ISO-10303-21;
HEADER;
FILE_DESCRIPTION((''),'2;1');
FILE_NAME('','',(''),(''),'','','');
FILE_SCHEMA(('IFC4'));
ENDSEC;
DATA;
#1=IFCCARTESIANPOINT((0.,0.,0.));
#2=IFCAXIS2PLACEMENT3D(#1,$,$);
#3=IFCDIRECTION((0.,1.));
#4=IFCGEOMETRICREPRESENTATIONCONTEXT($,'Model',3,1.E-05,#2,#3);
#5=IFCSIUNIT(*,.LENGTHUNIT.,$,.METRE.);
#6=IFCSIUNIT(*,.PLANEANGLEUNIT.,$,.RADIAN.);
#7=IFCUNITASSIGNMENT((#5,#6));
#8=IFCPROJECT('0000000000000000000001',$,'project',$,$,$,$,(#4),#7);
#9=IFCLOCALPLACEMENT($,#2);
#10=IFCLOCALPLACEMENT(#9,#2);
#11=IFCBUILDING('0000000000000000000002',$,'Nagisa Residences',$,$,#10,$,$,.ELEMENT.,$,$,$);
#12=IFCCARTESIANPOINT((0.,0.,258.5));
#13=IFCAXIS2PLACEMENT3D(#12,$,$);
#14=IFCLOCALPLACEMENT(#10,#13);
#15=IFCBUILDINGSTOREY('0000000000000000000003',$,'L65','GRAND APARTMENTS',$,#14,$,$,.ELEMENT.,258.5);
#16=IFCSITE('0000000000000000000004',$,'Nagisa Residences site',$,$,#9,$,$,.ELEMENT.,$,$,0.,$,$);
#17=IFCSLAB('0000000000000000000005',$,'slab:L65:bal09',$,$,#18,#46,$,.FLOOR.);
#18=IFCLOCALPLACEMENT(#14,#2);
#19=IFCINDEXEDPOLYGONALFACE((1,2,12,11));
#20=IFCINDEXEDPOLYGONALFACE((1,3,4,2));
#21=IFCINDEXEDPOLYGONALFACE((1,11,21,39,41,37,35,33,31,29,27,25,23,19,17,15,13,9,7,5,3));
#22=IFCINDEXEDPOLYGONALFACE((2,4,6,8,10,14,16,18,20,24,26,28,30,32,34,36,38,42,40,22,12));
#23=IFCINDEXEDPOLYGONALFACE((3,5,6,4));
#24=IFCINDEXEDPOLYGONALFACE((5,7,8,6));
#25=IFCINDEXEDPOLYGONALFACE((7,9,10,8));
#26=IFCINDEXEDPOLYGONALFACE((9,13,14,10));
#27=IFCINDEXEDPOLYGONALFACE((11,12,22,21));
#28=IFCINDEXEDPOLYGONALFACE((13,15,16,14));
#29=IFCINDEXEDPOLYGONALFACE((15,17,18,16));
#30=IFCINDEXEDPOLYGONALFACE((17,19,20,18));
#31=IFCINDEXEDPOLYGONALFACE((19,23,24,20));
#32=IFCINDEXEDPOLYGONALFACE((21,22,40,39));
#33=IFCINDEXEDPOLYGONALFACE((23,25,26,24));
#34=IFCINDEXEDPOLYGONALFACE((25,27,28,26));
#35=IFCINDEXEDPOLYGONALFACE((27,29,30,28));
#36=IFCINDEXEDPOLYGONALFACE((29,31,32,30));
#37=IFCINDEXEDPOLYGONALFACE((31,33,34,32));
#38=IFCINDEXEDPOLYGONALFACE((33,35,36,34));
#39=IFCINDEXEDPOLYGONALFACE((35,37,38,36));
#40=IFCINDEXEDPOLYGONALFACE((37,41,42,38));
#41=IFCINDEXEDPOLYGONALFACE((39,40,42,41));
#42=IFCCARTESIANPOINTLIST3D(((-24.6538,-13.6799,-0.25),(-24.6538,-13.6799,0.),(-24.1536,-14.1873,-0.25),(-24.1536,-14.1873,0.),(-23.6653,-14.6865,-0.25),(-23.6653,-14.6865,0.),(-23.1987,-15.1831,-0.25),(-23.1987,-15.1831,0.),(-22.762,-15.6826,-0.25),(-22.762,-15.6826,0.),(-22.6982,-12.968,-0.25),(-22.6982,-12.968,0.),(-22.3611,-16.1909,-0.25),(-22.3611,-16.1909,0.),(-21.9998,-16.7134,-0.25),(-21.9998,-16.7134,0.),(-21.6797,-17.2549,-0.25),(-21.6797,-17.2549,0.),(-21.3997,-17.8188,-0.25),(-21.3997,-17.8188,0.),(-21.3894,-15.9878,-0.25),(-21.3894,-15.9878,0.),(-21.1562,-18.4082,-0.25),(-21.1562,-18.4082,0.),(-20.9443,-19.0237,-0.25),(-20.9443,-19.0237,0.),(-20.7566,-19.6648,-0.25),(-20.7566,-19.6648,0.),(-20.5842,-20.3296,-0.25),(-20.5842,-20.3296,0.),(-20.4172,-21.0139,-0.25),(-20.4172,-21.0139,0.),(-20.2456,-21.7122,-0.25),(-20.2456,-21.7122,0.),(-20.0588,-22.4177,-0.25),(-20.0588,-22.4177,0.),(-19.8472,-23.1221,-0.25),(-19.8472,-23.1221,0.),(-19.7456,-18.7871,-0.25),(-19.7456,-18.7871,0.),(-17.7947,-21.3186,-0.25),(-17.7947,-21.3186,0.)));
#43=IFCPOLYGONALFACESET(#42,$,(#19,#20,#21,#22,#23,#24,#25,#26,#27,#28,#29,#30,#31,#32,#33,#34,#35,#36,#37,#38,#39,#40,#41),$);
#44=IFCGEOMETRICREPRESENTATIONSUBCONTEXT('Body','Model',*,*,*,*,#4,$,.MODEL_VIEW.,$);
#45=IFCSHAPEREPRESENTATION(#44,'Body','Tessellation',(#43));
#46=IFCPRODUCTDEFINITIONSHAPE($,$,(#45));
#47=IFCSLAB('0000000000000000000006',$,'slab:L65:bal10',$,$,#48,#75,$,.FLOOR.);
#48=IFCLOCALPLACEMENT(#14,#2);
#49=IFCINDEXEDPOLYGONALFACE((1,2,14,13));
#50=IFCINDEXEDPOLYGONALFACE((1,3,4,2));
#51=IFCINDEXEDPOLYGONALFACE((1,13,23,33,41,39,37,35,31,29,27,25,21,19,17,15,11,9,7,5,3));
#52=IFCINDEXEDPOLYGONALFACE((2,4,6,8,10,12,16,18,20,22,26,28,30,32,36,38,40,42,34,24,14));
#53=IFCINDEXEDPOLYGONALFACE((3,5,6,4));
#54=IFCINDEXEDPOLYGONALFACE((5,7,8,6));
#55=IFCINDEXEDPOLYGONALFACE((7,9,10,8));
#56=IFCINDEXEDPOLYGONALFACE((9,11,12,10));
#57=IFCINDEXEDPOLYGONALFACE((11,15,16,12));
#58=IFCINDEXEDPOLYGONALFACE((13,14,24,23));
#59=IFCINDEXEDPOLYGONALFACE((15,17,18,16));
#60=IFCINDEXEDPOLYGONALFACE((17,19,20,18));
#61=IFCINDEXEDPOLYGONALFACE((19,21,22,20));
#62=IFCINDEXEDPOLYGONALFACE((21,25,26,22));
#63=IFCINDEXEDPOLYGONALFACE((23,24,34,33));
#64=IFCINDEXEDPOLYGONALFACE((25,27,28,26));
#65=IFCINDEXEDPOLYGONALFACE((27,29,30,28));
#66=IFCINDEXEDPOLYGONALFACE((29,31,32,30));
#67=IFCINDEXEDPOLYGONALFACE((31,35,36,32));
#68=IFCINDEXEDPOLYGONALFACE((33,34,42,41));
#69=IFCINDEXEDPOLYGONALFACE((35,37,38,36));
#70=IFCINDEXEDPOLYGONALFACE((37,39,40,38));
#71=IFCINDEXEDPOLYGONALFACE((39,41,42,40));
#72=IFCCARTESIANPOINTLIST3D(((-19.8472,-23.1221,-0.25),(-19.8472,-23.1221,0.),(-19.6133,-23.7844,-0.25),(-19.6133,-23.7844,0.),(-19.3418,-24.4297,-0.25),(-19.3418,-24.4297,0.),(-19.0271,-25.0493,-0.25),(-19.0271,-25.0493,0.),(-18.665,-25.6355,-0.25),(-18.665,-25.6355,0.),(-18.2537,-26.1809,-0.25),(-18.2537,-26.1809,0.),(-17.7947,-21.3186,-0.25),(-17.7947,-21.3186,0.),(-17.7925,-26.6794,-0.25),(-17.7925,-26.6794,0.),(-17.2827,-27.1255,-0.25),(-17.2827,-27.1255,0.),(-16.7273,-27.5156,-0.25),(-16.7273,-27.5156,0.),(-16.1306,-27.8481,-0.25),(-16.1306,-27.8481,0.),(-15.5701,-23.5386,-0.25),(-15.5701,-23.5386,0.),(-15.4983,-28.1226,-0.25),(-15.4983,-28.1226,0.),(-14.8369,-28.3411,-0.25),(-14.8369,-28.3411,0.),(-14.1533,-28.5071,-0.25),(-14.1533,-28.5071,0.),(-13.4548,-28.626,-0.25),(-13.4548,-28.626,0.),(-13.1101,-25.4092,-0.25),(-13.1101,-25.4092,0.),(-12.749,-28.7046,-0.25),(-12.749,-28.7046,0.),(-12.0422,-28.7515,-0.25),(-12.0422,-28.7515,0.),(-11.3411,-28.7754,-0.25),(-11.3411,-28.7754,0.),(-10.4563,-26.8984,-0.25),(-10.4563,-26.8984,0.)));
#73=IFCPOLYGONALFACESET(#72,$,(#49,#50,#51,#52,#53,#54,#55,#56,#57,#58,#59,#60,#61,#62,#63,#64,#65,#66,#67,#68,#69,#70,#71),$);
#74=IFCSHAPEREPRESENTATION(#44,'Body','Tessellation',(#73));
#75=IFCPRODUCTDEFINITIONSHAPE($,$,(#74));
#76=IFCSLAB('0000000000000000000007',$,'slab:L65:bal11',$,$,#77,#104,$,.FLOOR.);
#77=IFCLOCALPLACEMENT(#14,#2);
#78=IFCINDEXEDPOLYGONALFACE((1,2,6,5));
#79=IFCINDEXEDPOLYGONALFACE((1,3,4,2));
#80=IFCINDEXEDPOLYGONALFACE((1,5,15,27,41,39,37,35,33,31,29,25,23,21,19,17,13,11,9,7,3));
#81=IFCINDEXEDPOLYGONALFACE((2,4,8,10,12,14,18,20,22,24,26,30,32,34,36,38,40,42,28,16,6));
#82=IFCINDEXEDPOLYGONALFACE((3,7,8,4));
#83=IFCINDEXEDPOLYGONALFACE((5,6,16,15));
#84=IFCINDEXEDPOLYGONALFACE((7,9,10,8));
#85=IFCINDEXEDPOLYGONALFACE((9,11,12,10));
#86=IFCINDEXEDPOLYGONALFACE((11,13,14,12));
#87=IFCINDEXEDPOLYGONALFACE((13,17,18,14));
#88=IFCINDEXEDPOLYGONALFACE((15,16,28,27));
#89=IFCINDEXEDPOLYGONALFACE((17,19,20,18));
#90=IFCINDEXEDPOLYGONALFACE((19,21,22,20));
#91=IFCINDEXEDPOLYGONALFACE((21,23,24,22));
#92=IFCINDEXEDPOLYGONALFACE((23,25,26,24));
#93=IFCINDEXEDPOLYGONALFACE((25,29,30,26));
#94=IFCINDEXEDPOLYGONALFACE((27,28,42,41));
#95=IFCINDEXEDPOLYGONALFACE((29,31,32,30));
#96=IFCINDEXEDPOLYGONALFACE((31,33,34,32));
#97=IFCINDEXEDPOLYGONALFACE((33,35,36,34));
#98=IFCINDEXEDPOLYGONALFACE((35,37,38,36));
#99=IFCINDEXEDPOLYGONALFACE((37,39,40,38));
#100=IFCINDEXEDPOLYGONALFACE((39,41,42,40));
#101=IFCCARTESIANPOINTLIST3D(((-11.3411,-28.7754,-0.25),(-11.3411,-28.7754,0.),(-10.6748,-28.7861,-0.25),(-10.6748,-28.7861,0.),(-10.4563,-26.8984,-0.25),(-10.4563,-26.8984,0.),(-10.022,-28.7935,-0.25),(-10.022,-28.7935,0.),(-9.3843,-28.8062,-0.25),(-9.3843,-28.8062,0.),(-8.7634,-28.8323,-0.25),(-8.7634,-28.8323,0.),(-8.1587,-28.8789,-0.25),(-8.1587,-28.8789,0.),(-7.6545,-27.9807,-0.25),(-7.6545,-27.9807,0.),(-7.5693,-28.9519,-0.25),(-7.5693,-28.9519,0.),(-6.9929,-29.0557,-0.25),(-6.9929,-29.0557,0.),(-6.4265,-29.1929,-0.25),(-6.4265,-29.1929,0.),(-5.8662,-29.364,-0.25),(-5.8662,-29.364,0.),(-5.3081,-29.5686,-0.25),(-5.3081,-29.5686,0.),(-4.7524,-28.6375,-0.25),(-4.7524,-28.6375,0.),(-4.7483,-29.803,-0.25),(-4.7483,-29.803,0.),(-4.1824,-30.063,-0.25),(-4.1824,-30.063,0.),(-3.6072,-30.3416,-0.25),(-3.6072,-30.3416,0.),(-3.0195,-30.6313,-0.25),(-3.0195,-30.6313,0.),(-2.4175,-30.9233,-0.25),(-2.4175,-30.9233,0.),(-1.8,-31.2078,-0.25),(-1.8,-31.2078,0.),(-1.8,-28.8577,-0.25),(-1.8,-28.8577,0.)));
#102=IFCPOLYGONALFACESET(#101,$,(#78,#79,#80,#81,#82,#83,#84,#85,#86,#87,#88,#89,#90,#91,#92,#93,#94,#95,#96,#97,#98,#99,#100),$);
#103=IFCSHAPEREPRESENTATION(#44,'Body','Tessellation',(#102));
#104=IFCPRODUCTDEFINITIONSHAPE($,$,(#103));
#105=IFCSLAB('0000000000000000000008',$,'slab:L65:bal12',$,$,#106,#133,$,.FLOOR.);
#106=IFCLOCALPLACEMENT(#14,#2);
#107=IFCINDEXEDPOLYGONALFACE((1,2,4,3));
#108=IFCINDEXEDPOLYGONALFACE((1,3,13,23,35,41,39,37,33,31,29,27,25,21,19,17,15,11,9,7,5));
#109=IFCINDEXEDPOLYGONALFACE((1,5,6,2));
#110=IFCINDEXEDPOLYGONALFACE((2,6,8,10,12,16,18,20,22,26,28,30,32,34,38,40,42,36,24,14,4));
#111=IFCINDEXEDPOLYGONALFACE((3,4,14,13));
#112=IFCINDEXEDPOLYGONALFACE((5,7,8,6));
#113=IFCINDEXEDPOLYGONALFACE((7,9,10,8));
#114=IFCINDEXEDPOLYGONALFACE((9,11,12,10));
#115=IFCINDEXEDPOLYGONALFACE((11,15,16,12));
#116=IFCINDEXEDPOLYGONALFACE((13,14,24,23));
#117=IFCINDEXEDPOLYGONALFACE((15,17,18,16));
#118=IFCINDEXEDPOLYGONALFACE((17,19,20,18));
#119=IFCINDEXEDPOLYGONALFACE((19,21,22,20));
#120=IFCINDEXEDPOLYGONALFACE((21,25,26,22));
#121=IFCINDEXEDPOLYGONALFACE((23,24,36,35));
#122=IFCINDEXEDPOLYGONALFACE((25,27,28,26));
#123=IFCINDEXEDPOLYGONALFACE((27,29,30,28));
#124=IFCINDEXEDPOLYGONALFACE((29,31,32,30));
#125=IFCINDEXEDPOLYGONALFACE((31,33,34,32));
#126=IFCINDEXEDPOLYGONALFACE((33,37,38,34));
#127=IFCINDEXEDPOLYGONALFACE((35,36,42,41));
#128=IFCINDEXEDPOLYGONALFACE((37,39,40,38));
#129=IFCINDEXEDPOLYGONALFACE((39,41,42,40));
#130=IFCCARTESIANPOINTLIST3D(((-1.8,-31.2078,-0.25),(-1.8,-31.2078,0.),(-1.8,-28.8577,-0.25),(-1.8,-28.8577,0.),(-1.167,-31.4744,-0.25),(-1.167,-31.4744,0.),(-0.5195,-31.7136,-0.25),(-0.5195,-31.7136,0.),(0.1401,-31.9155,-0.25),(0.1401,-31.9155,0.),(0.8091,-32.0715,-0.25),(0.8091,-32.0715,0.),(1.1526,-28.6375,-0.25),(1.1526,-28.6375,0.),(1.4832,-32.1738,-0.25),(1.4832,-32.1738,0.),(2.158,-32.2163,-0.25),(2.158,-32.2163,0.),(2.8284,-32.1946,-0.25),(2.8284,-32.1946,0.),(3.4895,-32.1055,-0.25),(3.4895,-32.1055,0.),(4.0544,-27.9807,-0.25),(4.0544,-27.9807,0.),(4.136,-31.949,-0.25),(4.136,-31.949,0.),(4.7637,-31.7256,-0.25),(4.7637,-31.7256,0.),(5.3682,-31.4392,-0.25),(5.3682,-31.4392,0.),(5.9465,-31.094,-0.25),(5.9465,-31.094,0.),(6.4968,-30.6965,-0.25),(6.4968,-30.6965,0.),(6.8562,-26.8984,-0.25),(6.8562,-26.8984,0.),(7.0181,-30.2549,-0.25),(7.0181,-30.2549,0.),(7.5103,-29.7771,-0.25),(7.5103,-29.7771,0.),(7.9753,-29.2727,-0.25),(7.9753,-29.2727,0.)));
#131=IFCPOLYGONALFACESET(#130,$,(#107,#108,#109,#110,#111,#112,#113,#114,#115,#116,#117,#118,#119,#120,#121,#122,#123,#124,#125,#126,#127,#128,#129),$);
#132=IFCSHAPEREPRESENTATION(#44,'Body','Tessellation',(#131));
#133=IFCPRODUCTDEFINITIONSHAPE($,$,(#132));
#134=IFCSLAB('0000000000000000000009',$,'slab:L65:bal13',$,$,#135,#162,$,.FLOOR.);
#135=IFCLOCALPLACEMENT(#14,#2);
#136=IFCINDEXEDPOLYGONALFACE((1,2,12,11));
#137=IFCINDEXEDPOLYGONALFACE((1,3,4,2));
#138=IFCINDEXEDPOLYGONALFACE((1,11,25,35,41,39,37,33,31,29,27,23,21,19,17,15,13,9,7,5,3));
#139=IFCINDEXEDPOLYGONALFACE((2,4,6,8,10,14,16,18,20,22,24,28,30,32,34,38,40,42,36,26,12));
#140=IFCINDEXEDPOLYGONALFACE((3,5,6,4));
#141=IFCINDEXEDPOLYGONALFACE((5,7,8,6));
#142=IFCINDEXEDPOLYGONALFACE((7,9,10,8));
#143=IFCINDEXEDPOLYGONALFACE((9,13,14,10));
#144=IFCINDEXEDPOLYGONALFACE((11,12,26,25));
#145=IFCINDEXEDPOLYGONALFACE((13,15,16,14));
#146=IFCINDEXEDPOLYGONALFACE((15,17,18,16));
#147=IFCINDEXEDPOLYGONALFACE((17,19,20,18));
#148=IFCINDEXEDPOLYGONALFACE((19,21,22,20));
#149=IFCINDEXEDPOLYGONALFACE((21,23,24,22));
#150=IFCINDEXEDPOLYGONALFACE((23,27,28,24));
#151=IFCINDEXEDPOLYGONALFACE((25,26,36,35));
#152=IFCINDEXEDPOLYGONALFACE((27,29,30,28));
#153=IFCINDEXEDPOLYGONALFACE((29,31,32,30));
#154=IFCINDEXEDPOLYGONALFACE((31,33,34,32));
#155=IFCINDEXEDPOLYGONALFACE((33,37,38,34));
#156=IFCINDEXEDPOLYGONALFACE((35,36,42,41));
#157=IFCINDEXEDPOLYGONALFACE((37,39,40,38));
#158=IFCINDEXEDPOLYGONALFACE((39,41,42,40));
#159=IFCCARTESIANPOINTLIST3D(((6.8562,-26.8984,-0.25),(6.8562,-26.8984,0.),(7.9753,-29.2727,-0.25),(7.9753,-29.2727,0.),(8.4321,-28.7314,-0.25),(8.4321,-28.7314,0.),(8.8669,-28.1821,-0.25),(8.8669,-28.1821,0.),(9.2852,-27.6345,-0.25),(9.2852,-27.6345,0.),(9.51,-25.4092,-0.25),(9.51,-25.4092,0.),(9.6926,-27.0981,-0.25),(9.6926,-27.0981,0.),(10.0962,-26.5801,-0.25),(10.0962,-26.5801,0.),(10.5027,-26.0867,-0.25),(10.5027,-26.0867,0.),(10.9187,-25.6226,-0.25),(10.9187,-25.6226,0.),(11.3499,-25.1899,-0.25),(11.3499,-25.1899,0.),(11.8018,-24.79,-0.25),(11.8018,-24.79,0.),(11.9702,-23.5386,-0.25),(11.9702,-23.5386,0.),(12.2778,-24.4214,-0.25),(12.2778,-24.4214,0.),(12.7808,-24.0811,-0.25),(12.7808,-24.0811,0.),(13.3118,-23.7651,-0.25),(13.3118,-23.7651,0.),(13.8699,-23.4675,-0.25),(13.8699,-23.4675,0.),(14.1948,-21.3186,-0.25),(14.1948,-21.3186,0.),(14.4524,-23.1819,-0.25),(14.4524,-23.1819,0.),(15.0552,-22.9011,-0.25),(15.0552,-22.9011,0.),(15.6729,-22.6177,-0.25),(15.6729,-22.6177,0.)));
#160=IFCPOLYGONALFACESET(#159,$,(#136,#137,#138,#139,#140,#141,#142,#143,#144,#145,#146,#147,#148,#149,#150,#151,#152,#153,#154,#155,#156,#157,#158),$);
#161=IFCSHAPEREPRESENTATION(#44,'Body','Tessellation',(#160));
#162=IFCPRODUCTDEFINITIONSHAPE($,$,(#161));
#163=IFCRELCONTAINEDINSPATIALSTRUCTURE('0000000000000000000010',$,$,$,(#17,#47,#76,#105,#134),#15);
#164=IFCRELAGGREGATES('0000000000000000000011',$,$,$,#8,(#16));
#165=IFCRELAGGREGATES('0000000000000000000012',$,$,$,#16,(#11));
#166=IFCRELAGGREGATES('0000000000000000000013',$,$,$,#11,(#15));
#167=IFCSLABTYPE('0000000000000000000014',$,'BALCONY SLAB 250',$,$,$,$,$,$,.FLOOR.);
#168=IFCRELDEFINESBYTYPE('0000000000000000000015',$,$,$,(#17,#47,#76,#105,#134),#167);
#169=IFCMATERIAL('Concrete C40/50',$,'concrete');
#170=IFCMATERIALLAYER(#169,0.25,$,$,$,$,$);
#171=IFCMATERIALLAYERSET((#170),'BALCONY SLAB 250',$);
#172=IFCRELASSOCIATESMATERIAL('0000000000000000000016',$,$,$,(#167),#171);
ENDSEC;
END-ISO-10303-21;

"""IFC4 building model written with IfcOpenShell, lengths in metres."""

from ifc_helpers import new_model, si_unit, direction, frame, origin, place, context, subcontext, project, spatial, polyline, outline, extrude, material, layer, layer_set, type_object, element, save


model = new_model("IFC4")

# Units and contexts
model_context = context("Model", 3, precision=1e-05, world=origin(), true_north=direction((0.0, 1.0)))
body_context = subcontext(model_context, "Body", "Model", "MODEL_VIEW")
ifc_project = project(units=[si_unit("LENGTHUNIT", "METRE"), si_unit("PLANEANGLEUNIT", "RADIAN")], contexts=[model_context])

# Site, building, storey
site_placement = place(None, origin())
site = spatial("IfcSite", under=ifc_project, at=site_placement, Name="Nagisa Residences site", CompositionType="ELEMENT", RefElevation=0.0)
building_placement = place(site_placement, origin())
building = spatial("IfcBuilding", under=site, at=building_placement, Name="Nagisa Residences", CompositionType="ELEMENT")
storey_placement = place(building_placement, frame((0.0, 0.0, 258.5)))
storey = spatial("IfcBuildingStorey", under=building, at=storey_placement, Name="L65", Description="GRAND APARTMENTS", CompositionType="ELEMENT", Elevation=258.5)

# Slabs
ifc_material_1 = material(Name="Concrete C40/50", Category="concrete")
ifc_layer_1 = layer(ifc_material_1, 0.25)
ifc_layer_set_1 = layer_set([ifc_layer_1], Name="BALCONY SLAB 250")
slab_type_1 = type_object("IfcSlabType", Name="BALCONY SLAB 250", PredefinedType="FLOOR", material=ifc_layer_set_1)
slab_1_placement = place(storey_placement, frame((0.0, 0.0, -0.25)))
element("IfcSlab", 1, at=slab_1_placement, inside=storey, type_object=slab_type_1, Name="slab:L65:bal09", PredefinedType="FLOOR", context=body_context, shape_type="SweptSolid", body=[
    extrude(outline(polyline([(-24.6538, -13.6799), (-24.1536, -14.1873), (-23.6653, -14.6865), (-23.1987, -15.1831), (-22.762, -15.6826), (-22.3611, -16.1909), (-21.9998, -16.7134), (-21.6797, -17.2549), (-21.3997, -17.8188), (-21.1562, -18.4082), (-20.9443, -19.0237), (-20.7566, -19.6648), (-20.5842, -20.3296), (-20.4172, -21.0139), (-20.2456, -21.7122), (-20.0588, -22.4177), (-19.8472, -23.1221), (-17.7947, -21.3186), (-19.7456, -18.7871), (-21.3894, -15.9878), (-22.6982, -12.968), (-24.6538, -13.6799)])), origin(), (0.0, 0.0, 1.0), 0.25),
])
slab_2_placement = place(storey_placement, frame((0.0, 0.0, -0.25)))
element("IfcSlab", 2, at=slab_2_placement, inside=storey, type_object=slab_type_1, Name="slab:L65:bal10", PredefinedType="FLOOR", context=body_context, shape_type="SweptSolid", body=[
    extrude(outline(polyline([(-19.8472, -23.1221), (-19.6133, -23.7844), (-19.3418, -24.4297), (-19.0271, -25.0493), (-18.665, -25.6355), (-18.2537, -26.1809), (-17.7925, -26.6794), (-17.2827, -27.1255), (-16.7273, -27.5156), (-16.1306, -27.8481), (-15.4983, -28.1226), (-14.8369, -28.3411), (-14.1533, -28.5071), (-13.4548, -28.626), (-12.749, -28.7046), (-12.0422, -28.7515), (-11.3411, -28.7754), (-10.4563, -26.8984), (-13.1101, -25.4092), (-15.5701, -23.5386), (-17.7947, -21.3186), (-19.8472, -23.1221)])), origin(), (0.0, 0.0, 1.0), 0.25),
])
slab_3_placement = place(storey_placement, frame((0.0, 0.0, -0.25)))
element("IfcSlab", 3, at=slab_3_placement, inside=storey, type_object=slab_type_1, Name="slab:L65:bal11", PredefinedType="FLOOR", context=body_context, shape_type="SweptSolid", body=[
    extrude(outline(polyline([(-11.3411, -28.7754), (-10.6748, -28.7861), (-10.022, -28.7935), (-9.3843, -28.8062), (-8.7634, -28.8323), (-8.1587, -28.8789), (-7.5693, -28.9519), (-6.9929, -29.0557), (-6.4265, -29.1929), (-5.8662, -29.364), (-5.3081, -29.5686), (-4.7483, -29.803), (-4.1824, -30.063), (-3.6072, -30.3416), (-3.0195, -30.6313), (-2.4175, -30.9233), (-1.8, -31.2078), (-1.8, -28.8577), (-4.7524, -28.6375), (-7.6545, -27.9807), (-10.4563, -26.8984), (-11.3411, -28.7754)])), origin(), (0.0, 0.0, 1.0), 0.25),
])
slab_4_placement = place(storey_placement, frame((0.0, 0.0, -0.25)))
element("IfcSlab", 4, at=slab_4_placement, inside=storey, type_object=slab_type_1, Name="slab:L65:bal12", PredefinedType="FLOOR", context=body_context, shape_type="SweptSolid", body=[
    extrude(outline(polyline([(-1.8, -31.2078), (-1.167, -31.4744), (-0.5195, -31.7136), (0.1401, -31.9155), (0.8091, -32.0715), (1.4832, -32.1738), (2.158, -32.2163), (2.8284, -32.1946), (3.4895, -32.1055), (4.136, -31.949), (4.7637, -31.7256), (5.3682, -31.4392), (5.9465, -31.094), (6.4968, -30.6965), (7.0181, -30.2549), (7.5103, -29.7771), (7.9753, -29.2727), (6.8562, -26.8984), (4.0544, -27.9807), (1.1526, -28.6375), (-1.8, -28.8577), (-1.8, -31.2078)])), origin(), (0.0, 0.0, 1.0), 0.25),
])
slab_5_placement = place(storey_placement, frame((0.0, 0.0, -0.25)))
element("IfcSlab", 5, at=slab_5_placement, inside=storey, type_object=slab_type_1, Name="slab:L65:bal13", PredefinedType="FLOOR", context=body_context, shape_type="SweptSolid", body=[
    extrude(outline(polyline([(7.9753, -29.2727), (8.4321, -28.7314), (8.8669, -28.1821), (9.2852, -27.6345), (9.6926, -27.0981), (10.0962, -26.5801), (10.5027, -26.0867), (10.9187, -25.6226), (11.3499, -25.1899), (11.8018, -24.79), (12.2778, -24.4214), (12.7808, -24.0811), (13.3118, -23.7651), (13.8699, -23.4675), (14.4524, -23.1819), (15.0552, -22.9011), (15.6729, -22.6177), (14.1948, -21.3186), (11.9702, -23.5386), (9.51, -25.4092), (6.8562, -26.8984), (7.9753, -29.2727)])), origin(), (0.0, 0.0, 1.0), 0.25),
])

save(model, "model.ifc")
